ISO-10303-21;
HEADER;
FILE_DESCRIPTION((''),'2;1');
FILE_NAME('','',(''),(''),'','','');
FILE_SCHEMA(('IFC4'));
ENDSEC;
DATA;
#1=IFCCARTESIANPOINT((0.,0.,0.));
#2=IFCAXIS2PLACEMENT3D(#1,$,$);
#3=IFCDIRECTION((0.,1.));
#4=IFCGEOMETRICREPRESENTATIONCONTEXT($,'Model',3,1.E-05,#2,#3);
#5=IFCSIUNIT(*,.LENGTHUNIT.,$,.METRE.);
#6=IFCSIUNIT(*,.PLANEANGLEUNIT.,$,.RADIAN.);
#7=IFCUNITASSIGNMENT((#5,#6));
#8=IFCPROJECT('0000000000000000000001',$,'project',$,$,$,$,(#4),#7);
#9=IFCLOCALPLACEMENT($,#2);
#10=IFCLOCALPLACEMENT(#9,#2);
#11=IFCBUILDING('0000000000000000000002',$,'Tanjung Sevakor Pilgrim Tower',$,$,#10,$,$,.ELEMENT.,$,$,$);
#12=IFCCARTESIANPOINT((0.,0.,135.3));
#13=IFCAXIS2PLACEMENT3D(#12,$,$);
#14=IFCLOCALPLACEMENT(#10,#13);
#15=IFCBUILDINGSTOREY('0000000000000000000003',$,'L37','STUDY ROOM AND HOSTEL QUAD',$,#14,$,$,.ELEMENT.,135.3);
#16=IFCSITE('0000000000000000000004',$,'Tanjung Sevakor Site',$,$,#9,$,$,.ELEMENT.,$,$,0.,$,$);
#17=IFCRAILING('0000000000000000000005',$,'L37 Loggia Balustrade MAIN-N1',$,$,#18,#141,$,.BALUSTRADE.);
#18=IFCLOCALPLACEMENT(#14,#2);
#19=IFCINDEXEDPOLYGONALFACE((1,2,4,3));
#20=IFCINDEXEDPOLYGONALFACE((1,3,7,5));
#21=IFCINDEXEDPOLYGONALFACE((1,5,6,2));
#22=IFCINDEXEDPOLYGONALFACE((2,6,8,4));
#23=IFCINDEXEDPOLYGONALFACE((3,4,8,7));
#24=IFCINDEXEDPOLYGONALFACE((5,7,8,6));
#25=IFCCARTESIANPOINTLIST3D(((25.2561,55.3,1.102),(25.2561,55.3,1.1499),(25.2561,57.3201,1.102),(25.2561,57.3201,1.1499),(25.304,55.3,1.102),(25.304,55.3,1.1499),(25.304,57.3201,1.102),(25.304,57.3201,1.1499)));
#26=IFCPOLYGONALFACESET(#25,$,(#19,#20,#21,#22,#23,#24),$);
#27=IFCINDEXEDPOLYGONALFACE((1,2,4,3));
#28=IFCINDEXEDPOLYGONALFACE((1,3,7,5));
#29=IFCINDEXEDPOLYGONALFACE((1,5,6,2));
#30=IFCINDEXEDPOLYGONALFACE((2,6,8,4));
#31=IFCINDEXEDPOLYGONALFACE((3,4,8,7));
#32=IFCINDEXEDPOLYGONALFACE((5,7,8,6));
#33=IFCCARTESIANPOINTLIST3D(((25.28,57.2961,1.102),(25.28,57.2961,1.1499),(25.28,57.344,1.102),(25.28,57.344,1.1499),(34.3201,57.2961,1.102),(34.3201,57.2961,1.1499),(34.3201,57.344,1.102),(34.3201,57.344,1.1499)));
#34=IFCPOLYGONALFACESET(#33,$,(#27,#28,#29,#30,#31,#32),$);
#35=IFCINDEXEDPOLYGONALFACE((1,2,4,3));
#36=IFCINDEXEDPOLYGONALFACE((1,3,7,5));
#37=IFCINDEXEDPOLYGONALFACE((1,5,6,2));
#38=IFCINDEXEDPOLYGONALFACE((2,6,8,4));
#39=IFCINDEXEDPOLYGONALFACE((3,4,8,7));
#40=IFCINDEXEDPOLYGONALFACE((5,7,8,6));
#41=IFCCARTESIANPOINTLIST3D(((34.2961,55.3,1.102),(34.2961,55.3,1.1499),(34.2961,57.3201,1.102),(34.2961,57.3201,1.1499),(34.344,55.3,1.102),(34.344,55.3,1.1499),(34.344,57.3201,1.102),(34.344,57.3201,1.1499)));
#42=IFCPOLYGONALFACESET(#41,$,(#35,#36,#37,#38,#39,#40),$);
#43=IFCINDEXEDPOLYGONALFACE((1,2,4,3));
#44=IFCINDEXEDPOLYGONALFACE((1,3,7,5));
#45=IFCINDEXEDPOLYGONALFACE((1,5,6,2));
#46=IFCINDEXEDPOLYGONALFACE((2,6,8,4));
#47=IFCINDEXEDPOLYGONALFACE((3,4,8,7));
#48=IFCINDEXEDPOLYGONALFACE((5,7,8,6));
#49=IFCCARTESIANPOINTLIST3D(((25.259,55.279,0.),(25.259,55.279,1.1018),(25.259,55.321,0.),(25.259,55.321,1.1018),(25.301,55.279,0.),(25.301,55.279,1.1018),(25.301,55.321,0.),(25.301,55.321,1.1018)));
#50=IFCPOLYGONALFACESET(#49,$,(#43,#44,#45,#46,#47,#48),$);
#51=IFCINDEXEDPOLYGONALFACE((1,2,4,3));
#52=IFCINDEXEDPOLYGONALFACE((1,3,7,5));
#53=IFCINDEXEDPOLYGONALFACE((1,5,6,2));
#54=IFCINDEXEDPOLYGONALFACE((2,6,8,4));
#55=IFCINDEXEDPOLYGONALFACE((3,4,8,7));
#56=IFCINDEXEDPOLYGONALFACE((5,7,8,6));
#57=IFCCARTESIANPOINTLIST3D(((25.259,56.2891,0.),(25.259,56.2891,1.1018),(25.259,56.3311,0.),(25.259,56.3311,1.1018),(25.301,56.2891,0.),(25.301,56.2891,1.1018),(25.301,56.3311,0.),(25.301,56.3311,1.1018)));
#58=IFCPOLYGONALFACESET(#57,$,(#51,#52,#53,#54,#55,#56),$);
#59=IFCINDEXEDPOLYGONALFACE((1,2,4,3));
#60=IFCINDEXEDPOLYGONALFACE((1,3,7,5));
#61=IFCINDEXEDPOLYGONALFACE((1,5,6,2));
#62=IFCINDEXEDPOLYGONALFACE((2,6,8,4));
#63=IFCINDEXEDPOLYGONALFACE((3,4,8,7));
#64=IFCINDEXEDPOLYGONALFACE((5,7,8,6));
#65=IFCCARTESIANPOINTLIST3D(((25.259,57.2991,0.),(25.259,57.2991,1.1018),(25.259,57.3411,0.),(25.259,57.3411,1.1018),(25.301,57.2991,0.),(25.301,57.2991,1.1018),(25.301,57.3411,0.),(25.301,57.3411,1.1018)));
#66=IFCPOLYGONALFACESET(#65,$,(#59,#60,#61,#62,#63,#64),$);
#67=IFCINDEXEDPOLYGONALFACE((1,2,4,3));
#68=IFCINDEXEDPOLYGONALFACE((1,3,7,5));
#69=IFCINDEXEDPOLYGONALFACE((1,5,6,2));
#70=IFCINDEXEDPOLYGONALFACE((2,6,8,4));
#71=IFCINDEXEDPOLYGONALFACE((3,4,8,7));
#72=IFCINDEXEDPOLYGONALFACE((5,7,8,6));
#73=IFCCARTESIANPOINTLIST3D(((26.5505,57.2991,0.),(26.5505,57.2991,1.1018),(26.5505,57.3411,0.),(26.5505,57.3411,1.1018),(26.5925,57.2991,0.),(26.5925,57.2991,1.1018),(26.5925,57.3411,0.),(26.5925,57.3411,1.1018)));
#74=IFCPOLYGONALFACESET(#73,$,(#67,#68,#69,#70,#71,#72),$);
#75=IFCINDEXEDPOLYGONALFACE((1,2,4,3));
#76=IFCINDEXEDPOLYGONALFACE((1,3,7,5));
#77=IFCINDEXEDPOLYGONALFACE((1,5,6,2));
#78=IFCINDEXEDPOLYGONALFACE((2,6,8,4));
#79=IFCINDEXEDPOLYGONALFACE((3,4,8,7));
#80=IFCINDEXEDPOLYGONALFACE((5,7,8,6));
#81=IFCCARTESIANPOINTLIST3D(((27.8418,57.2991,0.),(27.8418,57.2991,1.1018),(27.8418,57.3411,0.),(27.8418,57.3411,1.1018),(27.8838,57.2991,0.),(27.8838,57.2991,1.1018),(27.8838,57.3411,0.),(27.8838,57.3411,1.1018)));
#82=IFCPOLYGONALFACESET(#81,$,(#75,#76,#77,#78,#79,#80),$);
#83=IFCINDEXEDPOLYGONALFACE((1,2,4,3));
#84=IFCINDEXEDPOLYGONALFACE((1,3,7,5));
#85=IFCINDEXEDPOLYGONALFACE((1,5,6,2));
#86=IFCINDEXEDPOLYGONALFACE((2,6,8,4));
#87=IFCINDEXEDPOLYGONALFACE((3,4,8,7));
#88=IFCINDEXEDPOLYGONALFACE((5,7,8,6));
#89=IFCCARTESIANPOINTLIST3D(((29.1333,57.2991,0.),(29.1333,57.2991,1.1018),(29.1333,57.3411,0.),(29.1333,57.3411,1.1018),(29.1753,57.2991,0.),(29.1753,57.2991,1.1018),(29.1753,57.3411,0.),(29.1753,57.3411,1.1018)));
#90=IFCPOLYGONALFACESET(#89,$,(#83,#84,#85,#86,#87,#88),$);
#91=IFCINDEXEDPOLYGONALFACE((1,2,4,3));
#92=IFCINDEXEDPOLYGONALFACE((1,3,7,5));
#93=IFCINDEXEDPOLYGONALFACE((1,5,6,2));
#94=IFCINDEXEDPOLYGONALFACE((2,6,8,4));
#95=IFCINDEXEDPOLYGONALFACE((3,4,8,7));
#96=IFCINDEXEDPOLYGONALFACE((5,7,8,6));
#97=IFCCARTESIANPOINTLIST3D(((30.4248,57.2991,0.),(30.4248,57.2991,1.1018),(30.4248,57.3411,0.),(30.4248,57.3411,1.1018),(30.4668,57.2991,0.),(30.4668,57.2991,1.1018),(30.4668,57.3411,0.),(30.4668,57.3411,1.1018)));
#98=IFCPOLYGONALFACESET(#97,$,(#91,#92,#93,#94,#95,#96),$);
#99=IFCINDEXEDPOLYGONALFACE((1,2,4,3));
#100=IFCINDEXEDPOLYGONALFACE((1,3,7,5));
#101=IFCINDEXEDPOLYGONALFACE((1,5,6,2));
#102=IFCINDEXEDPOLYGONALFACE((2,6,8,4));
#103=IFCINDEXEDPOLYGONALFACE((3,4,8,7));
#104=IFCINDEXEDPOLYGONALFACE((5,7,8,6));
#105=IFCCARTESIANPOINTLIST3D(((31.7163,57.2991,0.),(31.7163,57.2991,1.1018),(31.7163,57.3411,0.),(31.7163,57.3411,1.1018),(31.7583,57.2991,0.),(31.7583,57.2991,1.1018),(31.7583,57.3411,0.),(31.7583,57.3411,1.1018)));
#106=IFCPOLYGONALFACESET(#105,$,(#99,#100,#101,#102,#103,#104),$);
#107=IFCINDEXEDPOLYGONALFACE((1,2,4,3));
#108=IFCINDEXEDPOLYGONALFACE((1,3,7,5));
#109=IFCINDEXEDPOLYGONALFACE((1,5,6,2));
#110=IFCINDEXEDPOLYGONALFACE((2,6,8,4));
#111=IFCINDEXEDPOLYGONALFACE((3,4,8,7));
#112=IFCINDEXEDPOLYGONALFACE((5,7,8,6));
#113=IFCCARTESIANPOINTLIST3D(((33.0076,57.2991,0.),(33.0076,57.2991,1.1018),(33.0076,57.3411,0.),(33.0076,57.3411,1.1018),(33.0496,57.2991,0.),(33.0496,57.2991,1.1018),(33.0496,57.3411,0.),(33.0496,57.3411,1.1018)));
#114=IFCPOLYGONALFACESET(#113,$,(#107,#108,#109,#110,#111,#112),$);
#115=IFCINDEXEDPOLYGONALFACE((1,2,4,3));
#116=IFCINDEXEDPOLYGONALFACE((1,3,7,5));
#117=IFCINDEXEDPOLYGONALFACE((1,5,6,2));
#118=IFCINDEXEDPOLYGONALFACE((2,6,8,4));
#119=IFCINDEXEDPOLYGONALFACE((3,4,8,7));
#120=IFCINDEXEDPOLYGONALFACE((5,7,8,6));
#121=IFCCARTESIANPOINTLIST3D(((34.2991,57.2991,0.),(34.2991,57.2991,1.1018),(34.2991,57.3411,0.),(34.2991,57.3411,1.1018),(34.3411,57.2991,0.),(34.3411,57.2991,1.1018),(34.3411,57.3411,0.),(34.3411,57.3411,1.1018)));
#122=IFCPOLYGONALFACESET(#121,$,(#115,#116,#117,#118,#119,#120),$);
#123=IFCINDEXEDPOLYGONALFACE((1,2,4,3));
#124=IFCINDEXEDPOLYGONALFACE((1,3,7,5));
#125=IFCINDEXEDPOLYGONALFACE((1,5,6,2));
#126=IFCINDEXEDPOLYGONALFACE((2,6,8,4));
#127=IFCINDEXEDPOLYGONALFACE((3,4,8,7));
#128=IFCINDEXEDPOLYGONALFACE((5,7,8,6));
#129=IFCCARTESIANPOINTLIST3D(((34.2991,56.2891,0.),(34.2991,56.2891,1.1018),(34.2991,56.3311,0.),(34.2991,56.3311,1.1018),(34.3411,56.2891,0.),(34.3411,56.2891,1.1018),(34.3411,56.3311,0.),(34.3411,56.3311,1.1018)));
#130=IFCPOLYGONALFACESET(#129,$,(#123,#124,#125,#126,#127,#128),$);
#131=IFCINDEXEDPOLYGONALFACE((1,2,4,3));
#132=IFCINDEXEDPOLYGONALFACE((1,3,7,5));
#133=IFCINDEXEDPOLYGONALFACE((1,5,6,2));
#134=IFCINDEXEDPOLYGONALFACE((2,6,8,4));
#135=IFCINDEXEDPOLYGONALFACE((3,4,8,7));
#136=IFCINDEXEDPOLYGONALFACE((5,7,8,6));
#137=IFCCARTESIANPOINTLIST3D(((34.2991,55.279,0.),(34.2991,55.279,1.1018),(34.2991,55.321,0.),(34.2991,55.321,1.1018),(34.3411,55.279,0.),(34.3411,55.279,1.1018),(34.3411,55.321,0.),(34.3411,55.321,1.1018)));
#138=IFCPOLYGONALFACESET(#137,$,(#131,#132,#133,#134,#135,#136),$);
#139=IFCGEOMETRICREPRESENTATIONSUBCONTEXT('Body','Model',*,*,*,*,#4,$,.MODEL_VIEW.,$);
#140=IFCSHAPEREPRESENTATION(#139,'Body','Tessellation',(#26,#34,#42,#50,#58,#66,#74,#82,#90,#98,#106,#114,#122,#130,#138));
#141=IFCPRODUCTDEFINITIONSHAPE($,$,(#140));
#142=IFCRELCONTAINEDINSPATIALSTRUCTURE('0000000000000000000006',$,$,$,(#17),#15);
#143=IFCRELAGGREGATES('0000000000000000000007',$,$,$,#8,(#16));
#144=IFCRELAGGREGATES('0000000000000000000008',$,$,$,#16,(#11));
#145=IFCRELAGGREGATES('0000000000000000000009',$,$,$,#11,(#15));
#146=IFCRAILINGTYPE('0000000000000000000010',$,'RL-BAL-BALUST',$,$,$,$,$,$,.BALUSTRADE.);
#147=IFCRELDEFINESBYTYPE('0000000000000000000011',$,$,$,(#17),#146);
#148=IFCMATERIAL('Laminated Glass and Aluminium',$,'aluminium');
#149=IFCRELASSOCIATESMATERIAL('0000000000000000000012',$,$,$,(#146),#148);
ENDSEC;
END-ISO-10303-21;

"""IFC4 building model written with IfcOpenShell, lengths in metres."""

from ifc_helpers import new_model, si_unit, direction, frame, origin, place, context, subcontext, project, spatial, rectangle, extrude, material, type_object, element, save


model = new_model("IFC4")

# Units and contexts
model_context = context("Model", 3, precision=1e-05, world=origin(), true_north=direction((0.0, 1.0)))
body_context = subcontext(model_context, "Body", "Model", "MODEL_VIEW")
ifc_project = project(units=[si_unit("LENGTHUNIT", "METRE"), si_unit("PLANEANGLEUNIT", "RADIAN")], contexts=[model_context])

# Site, building, storey
site_placement = place(None, origin())
site = spatial("IfcSite", under=ifc_project, at=site_placement, Name="Tanjung Sevakor Site", CompositionType="ELEMENT", RefElevation=0.0)
building_placement = place(site_placement, origin())
building = spatial("IfcBuilding", under=site, at=building_placement, Name="Tanjung Sevakor Pilgrim Tower", CompositionType="ELEMENT")
storey_placement = place(building_placement, frame((0.0, 0.0, 135.3)))
storey = spatial("IfcBuildingStorey", under=building, at=storey_placement, Name="L37", Description="STUDY ROOM AND HOSTEL QUAD", CompositionType="ELEMENT", Elevation=135.3)

# Railing
ifc_material_1 = material(Name="Laminated Glass and Aluminium", Category="aluminium")
railing_type_1 = type_object("IfcRailingType", Name="RL-BAL-BALUST", PredefinedType="BALUSTRADE", material=ifc_material_1)
railing_1_placement = place(storey_placement, frame((25.28, 55.3, 0.0)))
element("IfcRailing", 1, at=railing_1_placement, inside=storey, type_object=railing_type_1, Name="L37 Loggia Balustrade MAIN-N1", PredefinedType="BALUSTRADE", context=body_context, shape_type="SweptSolid", body=[
    extrude(rectangle(XDim=0.0479, YDim=0.0479), frame((0.0, 0.0, 1.126), z_axis=(0.0, 1.0, 0.0), x_axis=(-1.0, 0.0, 0.0)), (0.0, 0.0, 1.0), 2.02),
    extrude(rectangle(XDim=0.0479, YDim=0.0479), frame((0.0, 2.02, 1.126), z_axis=(1.0, 0.0, 0.0), x_axis=(0.0, 1.0, 0.0)), (0.0, 0.0, 1.0), 9.04),
    extrude(rectangle(XDim=0.0479, YDim=0.0479), frame((9.04, 2.02, 1.126), z_axis=(0.0, -1.0, 0.0), x_axis=(1.0, 0.0, 0.0)), (0.0, 0.0, 1.0), 2.02),
    extrude(rectangle(XDim=0.042, YDim=0.042), origin(), (0.0, 0.0, 1.0), 1.1018),
    extrude(rectangle(XDim=0.042, YDim=0.042), frame((0.0, 1.01, 0.0)), (0.0, 0.0, 1.0), 1.1018),
    extrude(rectangle(XDim=0.042, YDim=0.042), frame((0.0, 2.02, 0.0)), (0.0, 0.0, 1.0), 1.1018),
    extrude(rectangle(XDim=0.042, YDim=0.042), frame((1.2915, 2.02, 0.0)), (0.0, 0.0, 1.0), 1.1018),
    extrude(rectangle(XDim=0.042, YDim=0.042), frame((2.5828, 2.02, 0.0)), (0.0, 0.0, 1.0), 1.1018),
    extrude(rectangle(XDim=0.042, YDim=0.042), frame((3.8743, 2.02, 0.0)), (0.0, 0.0, 1.0), 1.1018),
    extrude(rectangle(XDim=0.042, YDim=0.042), frame((5.1658, 2.02, 0.0)), (0.0, 0.0, 1.0), 1.1018),
    extrude(rectangle(XDim=0.042, YDim=0.042), frame((6.4573, 2.02, 0.0)), (0.0, 0.0, 1.0), 1.1018),
    extrude(rectangle(XDim=0.042, YDim=0.042), frame((7.7485, 2.02, 0.0)), (0.0, 0.0, 1.0), 1.1018),
    extrude(rectangle(XDim=0.042, YDim=0.042), frame((9.04, 2.02, 0.0)), (0.0, 0.0, 1.0), 1.1018),
    extrude(rectangle(XDim=0.042, YDim=0.042), frame((9.04, 1.01, 0.0)), (0.0, 0.0, 1.0), 1.1018),
    extrude(rectangle(XDim=0.042, YDim=0.042), frame((9.04, 0.0, 0.0)), (0.0, 0.0, 1.0), 1.1018),
])

save(model, "model.ifc")
